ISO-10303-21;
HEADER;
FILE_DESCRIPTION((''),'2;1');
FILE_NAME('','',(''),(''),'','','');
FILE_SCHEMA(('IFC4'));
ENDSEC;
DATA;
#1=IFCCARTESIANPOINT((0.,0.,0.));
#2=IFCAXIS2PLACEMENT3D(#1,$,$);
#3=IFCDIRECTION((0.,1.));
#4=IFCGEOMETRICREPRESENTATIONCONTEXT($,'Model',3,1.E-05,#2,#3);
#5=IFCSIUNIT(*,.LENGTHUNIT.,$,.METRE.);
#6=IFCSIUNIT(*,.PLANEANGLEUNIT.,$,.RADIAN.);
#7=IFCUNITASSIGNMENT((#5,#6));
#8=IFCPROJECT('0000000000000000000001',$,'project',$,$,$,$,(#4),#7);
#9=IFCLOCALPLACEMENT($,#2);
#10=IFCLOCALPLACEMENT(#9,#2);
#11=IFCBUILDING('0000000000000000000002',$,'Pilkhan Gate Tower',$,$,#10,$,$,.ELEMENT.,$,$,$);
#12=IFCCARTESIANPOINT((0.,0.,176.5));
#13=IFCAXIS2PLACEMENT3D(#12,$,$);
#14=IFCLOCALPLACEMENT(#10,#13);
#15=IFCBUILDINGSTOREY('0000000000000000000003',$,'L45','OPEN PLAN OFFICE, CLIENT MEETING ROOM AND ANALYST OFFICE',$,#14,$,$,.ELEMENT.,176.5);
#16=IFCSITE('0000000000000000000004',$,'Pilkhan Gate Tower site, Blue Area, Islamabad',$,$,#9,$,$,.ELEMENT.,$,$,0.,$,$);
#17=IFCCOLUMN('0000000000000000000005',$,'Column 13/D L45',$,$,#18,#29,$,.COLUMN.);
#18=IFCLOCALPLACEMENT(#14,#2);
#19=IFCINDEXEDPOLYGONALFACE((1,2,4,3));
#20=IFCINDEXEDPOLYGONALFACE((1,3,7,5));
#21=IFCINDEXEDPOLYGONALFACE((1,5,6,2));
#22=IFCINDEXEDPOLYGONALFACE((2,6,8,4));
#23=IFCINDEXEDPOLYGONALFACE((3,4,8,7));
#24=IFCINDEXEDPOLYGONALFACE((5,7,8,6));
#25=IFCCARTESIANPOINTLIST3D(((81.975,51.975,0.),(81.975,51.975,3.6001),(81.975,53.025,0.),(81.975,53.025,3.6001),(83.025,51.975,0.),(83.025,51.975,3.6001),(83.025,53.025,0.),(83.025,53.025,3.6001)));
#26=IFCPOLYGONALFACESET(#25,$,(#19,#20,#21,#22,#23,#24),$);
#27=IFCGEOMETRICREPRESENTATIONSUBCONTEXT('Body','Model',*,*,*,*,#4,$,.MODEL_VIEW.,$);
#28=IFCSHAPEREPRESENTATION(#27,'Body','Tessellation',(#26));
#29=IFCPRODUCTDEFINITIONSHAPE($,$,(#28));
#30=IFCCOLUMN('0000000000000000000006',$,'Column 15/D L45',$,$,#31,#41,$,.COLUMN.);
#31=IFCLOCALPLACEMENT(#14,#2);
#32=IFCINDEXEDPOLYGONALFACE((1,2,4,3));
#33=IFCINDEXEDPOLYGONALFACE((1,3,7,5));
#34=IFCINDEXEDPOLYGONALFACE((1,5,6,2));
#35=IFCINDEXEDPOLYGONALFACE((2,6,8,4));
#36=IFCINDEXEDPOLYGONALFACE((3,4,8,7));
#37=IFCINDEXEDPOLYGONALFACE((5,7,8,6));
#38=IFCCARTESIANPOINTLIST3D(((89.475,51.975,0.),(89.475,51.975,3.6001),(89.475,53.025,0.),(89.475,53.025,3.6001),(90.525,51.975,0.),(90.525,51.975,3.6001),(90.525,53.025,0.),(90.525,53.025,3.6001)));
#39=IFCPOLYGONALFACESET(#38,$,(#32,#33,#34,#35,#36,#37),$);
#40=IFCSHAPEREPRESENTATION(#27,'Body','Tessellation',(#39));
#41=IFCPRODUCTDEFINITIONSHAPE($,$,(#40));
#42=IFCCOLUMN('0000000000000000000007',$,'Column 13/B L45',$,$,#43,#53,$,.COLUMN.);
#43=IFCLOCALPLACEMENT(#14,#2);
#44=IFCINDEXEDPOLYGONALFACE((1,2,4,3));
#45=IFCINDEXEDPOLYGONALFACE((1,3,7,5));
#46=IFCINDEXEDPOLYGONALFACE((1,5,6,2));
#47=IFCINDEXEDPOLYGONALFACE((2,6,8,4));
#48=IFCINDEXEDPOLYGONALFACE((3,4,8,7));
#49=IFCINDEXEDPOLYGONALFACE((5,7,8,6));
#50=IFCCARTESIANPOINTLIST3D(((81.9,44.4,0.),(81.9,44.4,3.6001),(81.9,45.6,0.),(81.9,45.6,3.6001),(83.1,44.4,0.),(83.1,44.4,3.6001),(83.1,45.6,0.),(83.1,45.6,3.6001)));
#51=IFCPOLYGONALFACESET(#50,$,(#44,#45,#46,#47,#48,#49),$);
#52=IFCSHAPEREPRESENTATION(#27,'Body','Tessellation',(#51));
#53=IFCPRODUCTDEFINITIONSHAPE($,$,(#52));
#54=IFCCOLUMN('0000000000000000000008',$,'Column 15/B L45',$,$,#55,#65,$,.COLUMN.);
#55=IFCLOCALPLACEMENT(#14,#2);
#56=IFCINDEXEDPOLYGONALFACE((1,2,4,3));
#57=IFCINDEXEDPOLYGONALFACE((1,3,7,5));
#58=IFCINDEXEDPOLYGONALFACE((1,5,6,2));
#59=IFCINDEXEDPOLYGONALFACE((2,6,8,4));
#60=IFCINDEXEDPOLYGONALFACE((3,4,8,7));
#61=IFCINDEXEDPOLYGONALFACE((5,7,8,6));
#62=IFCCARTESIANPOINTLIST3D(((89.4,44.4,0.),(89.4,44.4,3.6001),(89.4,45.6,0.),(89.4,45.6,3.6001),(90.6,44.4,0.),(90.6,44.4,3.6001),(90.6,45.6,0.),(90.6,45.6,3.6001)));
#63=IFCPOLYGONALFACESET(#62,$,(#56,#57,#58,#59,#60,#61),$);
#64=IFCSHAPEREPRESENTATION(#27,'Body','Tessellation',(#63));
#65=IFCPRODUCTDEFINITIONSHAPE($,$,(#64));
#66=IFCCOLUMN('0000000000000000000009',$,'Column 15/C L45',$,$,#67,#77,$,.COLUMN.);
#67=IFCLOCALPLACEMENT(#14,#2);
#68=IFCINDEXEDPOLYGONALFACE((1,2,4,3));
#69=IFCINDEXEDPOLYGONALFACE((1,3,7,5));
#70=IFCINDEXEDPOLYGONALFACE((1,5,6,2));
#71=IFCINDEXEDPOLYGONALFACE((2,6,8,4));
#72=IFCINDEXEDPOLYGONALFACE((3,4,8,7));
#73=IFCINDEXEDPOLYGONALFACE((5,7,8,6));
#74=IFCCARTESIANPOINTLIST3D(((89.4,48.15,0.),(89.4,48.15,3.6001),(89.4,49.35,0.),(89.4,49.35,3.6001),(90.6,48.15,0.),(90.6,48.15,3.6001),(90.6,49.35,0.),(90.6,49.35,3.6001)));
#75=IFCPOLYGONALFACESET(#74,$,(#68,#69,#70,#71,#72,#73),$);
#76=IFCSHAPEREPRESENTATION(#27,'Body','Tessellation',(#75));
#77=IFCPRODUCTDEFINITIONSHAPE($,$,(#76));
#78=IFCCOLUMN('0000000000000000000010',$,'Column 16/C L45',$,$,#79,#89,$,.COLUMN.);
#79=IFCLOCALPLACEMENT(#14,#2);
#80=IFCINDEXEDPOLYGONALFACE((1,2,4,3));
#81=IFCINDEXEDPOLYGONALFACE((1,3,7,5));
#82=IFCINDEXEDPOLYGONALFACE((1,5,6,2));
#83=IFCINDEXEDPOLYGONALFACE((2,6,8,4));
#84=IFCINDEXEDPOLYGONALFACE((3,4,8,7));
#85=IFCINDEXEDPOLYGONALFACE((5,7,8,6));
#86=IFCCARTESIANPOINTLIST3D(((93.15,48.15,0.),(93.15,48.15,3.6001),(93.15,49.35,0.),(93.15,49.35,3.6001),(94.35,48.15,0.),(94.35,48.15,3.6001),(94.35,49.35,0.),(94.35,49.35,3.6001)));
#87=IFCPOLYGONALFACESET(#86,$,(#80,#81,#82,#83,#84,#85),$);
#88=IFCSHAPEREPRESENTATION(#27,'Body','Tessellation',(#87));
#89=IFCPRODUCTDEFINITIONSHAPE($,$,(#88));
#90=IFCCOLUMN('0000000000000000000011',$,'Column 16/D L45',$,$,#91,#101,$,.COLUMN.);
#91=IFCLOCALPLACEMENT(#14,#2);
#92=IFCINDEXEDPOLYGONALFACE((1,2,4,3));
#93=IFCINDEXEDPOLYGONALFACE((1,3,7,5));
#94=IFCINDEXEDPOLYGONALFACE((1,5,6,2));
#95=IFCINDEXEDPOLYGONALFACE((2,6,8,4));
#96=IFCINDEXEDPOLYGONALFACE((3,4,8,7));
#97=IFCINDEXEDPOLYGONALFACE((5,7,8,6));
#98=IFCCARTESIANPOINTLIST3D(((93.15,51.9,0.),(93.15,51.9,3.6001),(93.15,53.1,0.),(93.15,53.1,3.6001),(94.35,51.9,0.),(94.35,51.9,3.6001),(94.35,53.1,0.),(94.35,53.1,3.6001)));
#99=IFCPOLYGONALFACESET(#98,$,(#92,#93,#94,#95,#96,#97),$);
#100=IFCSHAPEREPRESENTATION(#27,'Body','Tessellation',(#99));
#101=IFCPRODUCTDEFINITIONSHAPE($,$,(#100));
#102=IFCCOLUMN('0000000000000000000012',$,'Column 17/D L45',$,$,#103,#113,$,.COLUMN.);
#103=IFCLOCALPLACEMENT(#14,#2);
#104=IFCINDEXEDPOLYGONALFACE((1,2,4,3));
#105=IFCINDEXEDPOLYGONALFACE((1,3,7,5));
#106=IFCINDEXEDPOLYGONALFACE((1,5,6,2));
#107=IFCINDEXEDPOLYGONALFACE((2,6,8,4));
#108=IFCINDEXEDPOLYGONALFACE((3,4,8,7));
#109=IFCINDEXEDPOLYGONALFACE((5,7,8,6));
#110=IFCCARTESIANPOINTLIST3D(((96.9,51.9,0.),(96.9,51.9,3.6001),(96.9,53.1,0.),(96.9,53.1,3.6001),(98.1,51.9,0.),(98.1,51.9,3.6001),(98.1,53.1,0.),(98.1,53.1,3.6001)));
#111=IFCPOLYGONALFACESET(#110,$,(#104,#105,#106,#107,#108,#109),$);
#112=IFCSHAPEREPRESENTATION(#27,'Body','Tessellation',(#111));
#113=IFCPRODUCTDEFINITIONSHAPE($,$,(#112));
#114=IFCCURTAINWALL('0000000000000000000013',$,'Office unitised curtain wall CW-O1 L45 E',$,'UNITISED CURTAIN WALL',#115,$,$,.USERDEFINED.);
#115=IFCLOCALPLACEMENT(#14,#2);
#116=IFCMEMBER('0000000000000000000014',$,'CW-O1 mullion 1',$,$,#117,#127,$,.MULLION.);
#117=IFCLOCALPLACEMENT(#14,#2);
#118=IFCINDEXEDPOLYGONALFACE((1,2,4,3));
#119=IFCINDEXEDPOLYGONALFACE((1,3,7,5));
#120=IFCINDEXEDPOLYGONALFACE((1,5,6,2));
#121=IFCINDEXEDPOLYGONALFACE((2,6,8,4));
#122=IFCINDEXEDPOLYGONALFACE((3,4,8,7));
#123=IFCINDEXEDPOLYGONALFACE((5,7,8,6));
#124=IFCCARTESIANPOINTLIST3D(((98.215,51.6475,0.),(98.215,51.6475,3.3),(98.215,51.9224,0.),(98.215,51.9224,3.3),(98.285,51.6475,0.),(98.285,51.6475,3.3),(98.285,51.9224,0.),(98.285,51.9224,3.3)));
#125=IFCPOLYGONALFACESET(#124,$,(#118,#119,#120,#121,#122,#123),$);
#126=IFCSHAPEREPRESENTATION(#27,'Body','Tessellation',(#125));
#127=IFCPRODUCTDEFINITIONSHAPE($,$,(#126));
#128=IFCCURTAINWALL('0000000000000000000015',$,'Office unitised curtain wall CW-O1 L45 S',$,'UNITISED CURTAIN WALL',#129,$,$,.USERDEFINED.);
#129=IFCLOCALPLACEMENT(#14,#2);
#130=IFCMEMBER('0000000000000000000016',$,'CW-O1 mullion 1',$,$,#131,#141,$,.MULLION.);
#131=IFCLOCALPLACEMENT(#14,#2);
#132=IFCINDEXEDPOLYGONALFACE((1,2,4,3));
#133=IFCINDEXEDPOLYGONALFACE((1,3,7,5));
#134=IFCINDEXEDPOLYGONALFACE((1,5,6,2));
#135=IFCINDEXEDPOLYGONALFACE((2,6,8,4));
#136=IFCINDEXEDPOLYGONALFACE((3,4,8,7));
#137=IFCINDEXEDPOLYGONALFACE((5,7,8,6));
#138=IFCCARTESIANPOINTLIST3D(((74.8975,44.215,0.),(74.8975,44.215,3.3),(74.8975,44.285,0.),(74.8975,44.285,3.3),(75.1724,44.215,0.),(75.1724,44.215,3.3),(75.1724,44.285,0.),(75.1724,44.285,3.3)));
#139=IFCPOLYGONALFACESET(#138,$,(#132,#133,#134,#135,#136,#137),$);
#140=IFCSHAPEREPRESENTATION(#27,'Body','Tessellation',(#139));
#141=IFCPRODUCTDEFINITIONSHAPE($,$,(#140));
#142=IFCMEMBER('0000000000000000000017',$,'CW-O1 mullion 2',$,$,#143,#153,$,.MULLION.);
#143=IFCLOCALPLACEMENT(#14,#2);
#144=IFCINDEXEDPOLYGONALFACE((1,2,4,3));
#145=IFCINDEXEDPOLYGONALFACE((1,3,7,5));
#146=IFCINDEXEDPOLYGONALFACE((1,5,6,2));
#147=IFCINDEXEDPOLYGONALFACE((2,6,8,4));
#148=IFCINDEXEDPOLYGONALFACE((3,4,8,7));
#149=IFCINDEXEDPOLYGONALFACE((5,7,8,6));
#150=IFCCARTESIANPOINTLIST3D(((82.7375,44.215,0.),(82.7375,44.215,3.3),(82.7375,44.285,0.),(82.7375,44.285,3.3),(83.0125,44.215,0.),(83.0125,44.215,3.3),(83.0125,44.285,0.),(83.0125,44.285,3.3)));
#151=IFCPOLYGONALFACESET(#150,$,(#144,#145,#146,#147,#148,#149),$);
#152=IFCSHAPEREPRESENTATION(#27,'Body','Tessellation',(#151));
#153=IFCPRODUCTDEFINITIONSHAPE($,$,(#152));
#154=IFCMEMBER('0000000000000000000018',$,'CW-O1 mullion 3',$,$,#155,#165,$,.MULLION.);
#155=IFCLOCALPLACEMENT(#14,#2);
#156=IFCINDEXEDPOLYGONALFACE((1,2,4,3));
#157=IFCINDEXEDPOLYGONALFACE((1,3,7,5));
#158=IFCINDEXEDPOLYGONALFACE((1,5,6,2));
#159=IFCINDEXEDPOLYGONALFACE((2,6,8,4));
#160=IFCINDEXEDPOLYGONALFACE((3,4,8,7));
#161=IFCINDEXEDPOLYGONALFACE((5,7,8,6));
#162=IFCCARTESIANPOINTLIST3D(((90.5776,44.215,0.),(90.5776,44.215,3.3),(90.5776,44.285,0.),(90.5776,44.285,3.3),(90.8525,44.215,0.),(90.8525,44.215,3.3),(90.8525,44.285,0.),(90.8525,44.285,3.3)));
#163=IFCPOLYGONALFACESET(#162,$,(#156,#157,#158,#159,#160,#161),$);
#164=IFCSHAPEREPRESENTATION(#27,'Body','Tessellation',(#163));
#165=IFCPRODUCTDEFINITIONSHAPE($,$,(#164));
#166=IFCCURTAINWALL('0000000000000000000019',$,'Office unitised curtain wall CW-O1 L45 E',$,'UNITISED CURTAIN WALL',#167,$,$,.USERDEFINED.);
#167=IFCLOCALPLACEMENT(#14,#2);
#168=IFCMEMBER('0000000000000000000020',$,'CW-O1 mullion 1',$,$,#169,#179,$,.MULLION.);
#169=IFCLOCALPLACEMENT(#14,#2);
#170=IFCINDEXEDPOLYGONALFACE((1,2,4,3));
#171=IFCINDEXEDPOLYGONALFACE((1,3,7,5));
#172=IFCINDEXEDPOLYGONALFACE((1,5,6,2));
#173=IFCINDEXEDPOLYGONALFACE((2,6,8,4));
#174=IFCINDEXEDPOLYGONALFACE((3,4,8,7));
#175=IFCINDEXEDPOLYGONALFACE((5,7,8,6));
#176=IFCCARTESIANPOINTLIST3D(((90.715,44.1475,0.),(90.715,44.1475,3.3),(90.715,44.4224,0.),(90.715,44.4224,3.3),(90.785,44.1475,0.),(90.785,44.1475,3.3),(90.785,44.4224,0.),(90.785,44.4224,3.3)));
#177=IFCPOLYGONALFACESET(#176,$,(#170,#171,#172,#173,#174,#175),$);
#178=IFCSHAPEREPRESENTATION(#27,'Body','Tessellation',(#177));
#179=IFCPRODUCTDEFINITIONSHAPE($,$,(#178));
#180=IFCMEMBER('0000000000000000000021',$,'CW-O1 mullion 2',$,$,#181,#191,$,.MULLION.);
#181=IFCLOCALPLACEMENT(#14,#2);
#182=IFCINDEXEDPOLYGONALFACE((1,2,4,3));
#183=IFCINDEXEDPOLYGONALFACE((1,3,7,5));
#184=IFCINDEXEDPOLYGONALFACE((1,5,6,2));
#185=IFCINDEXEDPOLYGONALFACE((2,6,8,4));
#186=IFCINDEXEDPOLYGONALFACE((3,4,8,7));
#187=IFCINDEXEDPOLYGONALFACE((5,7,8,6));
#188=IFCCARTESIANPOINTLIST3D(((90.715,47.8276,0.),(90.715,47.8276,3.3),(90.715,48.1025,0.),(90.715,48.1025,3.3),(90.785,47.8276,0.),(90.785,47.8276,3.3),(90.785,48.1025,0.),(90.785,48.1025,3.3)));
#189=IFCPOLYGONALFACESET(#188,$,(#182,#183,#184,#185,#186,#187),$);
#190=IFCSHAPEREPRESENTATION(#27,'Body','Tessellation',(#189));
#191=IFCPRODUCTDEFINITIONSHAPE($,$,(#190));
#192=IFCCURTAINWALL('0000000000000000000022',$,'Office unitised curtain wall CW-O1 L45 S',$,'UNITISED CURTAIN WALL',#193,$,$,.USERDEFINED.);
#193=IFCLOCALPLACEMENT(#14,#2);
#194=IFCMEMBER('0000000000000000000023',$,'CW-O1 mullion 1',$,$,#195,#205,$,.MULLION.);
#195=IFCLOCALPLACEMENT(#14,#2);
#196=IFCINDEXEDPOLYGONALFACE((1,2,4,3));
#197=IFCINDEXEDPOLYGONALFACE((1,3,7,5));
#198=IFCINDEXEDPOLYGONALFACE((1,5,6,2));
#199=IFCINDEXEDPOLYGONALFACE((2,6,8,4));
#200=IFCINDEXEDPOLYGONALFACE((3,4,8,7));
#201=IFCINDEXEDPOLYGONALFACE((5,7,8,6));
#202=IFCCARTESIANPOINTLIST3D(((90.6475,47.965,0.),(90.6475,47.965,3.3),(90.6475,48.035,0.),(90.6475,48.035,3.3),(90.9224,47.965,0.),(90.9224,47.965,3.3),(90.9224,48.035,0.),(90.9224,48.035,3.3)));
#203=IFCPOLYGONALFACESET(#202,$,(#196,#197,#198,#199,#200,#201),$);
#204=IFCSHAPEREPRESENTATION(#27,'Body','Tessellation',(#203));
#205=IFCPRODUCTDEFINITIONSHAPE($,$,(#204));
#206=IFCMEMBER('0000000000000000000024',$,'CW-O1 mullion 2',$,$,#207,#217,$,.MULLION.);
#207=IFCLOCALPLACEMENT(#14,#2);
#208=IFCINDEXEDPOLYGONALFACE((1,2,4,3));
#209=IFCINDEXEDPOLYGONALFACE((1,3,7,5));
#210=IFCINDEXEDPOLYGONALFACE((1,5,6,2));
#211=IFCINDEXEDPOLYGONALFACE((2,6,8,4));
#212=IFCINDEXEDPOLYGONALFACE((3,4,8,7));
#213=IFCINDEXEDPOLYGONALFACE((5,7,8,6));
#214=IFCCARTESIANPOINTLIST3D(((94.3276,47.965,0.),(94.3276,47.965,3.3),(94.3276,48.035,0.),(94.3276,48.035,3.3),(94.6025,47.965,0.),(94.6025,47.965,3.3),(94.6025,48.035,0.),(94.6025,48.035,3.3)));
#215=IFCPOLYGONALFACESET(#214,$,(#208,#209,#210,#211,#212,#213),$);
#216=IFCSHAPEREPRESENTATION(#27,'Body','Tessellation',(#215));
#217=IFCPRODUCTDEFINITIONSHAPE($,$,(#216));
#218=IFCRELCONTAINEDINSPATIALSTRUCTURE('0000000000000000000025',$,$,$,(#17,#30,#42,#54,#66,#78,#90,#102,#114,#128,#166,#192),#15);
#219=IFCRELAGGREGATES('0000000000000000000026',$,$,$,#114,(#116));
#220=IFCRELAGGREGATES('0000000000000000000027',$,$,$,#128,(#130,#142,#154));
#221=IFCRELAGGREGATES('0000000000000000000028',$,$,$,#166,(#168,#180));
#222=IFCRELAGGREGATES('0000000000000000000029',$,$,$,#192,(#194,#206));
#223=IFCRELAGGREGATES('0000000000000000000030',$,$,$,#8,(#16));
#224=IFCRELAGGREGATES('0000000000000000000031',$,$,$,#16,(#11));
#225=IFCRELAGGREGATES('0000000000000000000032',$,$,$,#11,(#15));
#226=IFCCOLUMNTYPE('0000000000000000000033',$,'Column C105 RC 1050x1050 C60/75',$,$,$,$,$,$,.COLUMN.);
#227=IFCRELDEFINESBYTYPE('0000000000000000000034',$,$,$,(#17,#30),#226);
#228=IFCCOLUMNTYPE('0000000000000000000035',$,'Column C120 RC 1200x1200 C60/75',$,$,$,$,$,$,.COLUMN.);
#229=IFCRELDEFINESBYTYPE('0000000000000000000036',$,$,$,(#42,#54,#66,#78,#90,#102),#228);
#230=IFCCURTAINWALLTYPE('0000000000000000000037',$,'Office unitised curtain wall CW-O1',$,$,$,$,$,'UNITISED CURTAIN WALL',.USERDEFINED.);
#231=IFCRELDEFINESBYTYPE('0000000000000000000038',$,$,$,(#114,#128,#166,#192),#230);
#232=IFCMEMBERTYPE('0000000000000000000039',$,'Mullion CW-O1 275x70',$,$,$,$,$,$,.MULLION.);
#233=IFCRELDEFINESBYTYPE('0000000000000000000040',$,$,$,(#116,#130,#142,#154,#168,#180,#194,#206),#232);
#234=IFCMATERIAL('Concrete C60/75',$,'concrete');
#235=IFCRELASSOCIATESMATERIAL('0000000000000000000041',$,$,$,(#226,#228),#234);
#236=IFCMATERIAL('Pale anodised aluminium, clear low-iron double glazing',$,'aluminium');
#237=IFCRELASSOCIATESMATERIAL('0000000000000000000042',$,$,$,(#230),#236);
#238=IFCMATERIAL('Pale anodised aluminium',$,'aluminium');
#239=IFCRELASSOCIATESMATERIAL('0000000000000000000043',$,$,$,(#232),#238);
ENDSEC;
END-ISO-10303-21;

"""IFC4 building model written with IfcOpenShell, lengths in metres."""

from ifc_helpers import new_model, si_unit, direction, frame, origin, origin_2d, place, context, subcontext, project, spatial, rectangle, extrude, material, material_profile, profile_set, type_object, element, aggregate, save


model = new_model("IFC4")

# Units and contexts
model_context = context("Model", 3, precision=1e-05, world=origin(), true_north=direction((0.0, 1.0)))
body_context = subcontext(model_context, "Body", "Model", "MODEL_VIEW")
ifc_project = project(units=[si_unit("LENGTHUNIT", "METRE"), si_unit("PLANEANGLEUNIT", "RADIAN")], contexts=[model_context])

# Site, building, storey
site_placement = place(None, origin())
site = spatial("IfcSite", under=ifc_project, at=site_placement, Name="Pilkhan Gate Tower site, Blue Area, Islamabad", CompositionType="ELEMENT", RefElevation=0.0)
building_placement = place(site_placement, origin())
building = spatial("IfcBuilding", under=site, at=building_placement, Name="Pilkhan Gate Tower", CompositionType="ELEMENT")
storey_placement = place(building_placement, frame((0.0, 0.0, 176.5)))
storey = spatial("IfcBuildingStorey", under=building, at=storey_placement, Name="L45", Description="OPEN PLAN OFFICE, CLIENT MEETING ROOM AND ANALYST OFFICE", CompositionType="ELEMENT", Elevation=176.5)

# Columns
ifc_material_1 = material(Name="Concrete C60/75", Category="concrete")
ifc_material_profile_1 = material_profile(ifc_material_1, rectangle(XDim=1.05, YDim=1.05, at=origin_2d()), Name="RC 1050x1050")
ifc_profile_set_1 = profile_set([ifc_material_profile_1], Name="Concrete C60/75")
column_type_1 = type_object("IfcColumnType", Name="Column C105 RC 1050x1050 C60/75", PredefinedType="COLUMN", material=ifc_profile_set_1)
for number, where, z_axis, x_axis, name in (
    (1, (82.5, 52.5, 0.0), (0.0, 0.0, 1.0), (1.0, 0.0, 0.0), "Column 13/D L45"),
    (2, (90.0, 52.5, 0.0), (0.0, 0.0, 1.0), (1.0, 0.0, 0.0), "Column 15/D L45"),
):
    element("IfcColumn", number, at=place(storey_placement, frame(where, z_axis=z_axis, x_axis=x_axis)), inside=storey, type_object=column_type_1, Name=name, PredefinedType="COLUMN", context=body_context, shape_type="SweptSolid", body=[
        extrude(rectangle(XDim=1.05, YDim=1.05, at=origin_2d()), origin(), (0.0, 0.0, 1.0), 3.6001),
    ])
ifc_material_profile_2 = material_profile(ifc_material_1, rectangle(XDim=1.2, YDim=1.2, at=origin_2d()), Name="RC 1200x1200")
ifc_profile_set_2 = profile_set([ifc_material_profile_2], Name="Concrete C60/75")
column_type_2 = type_object("IfcColumnType", Name="Column C120 RC 1200x1200 C60/75", PredefinedType="COLUMN", material=ifc_profile_set_2)
for number, where, z_axis, x_axis, name in (
    (3, (82.5, 45.0, 0.0), (0.0, 0.0, 1.0), (1.0, 0.0, 0.0), "Column 13/B L45"),
    (4, (90.0, 45.0, 0.0), (0.0, 0.0, 1.0), (1.0, 0.0, 0.0), "Column 15/B L45"),
    (5, (90.0, 48.75, 0.0), (0.0, 0.0, 1.0), (1.0, 0.0, 0.0), "Column 15/C L45"),
    (6, (93.75, 48.75, 0.0), (0.0, 0.0, 1.0), (1.0, 0.0, 0.0), "Column 16/C L45"),
    (7, (93.75, 52.5, 0.0), (0.0, 0.0, 1.0), (1.0, 0.0, 0.0), "Column 16/D L45"),
    (8, (97.5, 52.5, 0.0), (0.0, 0.0, 1.0), (1.0, 0.0, 0.0), "Column 17/D L45"),
):
    element("IfcColumn", number, at=place(storey_placement, frame(where, z_axis=z_axis, x_axis=x_axis)), inside=storey, type_object=column_type_2, Name=name, PredefinedType="COLUMN", context=body_context, shape_type="SweptSolid", body=[
        extrude(rectangle(XDim=1.2, YDim=1.2, at=origin_2d()), origin(), (0.0, 0.0, 1.0), 3.6001),
    ])

# Curtain wall, member
ifc_material_2 = material(Name="Pale anodised aluminium, clear low-iron double glazing", Category="aluminium")
curtain_wall_type = type_object("IfcCurtainWallType", Name="Office unitised curtain wall CW-O1", ElementType="UNITISED CURTAIN WALL", PredefinedType="USERDEFINED", material=ifc_material_2)
curtain_wall_1_placement = place(storey_placement, origin())
curtain_wall_1 = element("IfcCurtainWall", 9, at=curtain_wall_1_placement, inside=storey, type_object=curtain_wall_type, Name="Office unitised curtain wall CW-O1 L45 E", ObjectType="UNITISED CURTAIN WALL", PredefinedType="USERDEFINED")
ifc_material_3 = material(Name="Pale anodised aluminium", Category="aluminium")
ifc_material_profile_3 = material_profile(ifc_material_3, rectangle(XDim=0.0701, YDim=0.2749, at=origin_2d()), Name="Mullion 275x70")
ifc_profile_set_3 = profile_set([ifc_material_profile_3], Name="Pale anodised aluminium")
member_type_1 = type_object("IfcMemberType", Name="Mullion CW-O1 275x70", PredefinedType="MULLION", material=ifc_profile_set_3)
member_1_placement = place(storey_placement, frame((98.25, 51.7849, 0.0), z_axis=(0.0, 0.0, 1.0), x_axis=(-1.0, 0.0, 0.0)))
member_1 = element("IfcMember", 10, at=member_1_placement, type_object=member_type_1, Name="CW-O1 mullion 1", PredefinedType="MULLION", context=body_context, shape_type="SweptSolid", body=[
    extrude(rectangle(XDim=0.0701, YDim=0.2749, at=origin_2d()), origin(), (0.0, 0.0, 1.0), 3.3),
])

# Curtain walls, members
curtain_wall_2_placement = place(storey_placement, origin())
curtain_wall_2 = element("IfcCurtainWall", 11, at=curtain_wall_2_placement, inside=storey, type_object=curtain_wall_type, Name="Office unitised curtain wall CW-O1 L45 S", ObjectType="UNITISED CURTAIN WALL", PredefinedType="USERDEFINED")
member_2_placement = place(storey_placement, frame((75.0349, 44.25, 0.0), z_axis=(0.0, 0.0, 1.0), x_axis=(0.0, 1.0, 0.0)))
member_2 = element("IfcMember", 12, at=member_2_placement, type_object=member_type_1, Name="CW-O1 mullion 1", PredefinedType="MULLION", context=body_context, shape_type="SweptSolid", body=[
    extrude(rectangle(XDim=0.0701, YDim=0.2749, at=origin_2d()), origin(), (0.0, 0.0, 1.0), 3.3),
])
member_3_placement = place(storey_placement, frame((82.875, 44.25, 0.0), z_axis=(0.0, 0.0, 1.0), x_axis=(0.0, 1.0, 0.0)))
member_3 = element("IfcMember", 13, at=member_3_placement, type_object=member_type_1, Name="CW-O1 mullion 2", PredefinedType="MULLION", context=body_context, shape_type="SweptSolid", body=[
    extrude(rectangle(XDim=0.0701, YDim=0.2749, at=origin_2d()), origin(), (0.0, 0.0, 1.0), 3.3),
])
member_4_placement = place(storey_placement, frame((90.7151, 44.25, 0.0), z_axis=(0.0, 0.0, 1.0), x_axis=(0.0, 1.0, 0.0)))
member_4 = element("IfcMember", 14, at=member_4_placement, type_object=member_type_1, Name="CW-O1 mullion 3", PredefinedType="MULLION", context=body_context, shape_type="SweptSolid", body=[
    extrude(rectangle(XDim=0.0701, YDim=0.2749, at=origin_2d()), origin(), (0.0, 0.0, 1.0), 3.3),
])
curtain_wall_3_placement = place(storey_placement, origin())
curtain_wall_3 = element("IfcCurtainWall", 15, at=curtain_wall_3_placement, inside=storey, type_object=curtain_wall_type, Name="Office unitised curtain wall CW-O1 L45 E", ObjectType="UNITISED CURTAIN WALL", PredefinedType="USERDEFINED")
member_5_placement = place(storey_placement, frame((90.75, 44.2849, 0.0), z_axis=(0.0, 0.0, 1.0), x_axis=(-1.0, 0.0, 0.0)))
member_5 = element("IfcMember", 16, at=member_5_placement, type_object=member_type_1, Name="CW-O1 mullion 1", PredefinedType="MULLION", context=body_context, shape_type="SweptSolid", body=[
    extrude(rectangle(XDim=0.0701, YDim=0.2749, at=origin_2d()), origin(), (0.0, 0.0, 1.0), 3.3),
])
member_6_placement = place(storey_placement, frame((90.75, 47.9651, 0.0), z_axis=(0.0, 0.0, 1.0), x_axis=(-1.0, 0.0, 0.0)))
member_6 = element("IfcMember", 17, at=member_6_placement, type_object=member_type_1, Name="CW-O1 mullion 2", PredefinedType="MULLION", context=body_context, shape_type="SweptSolid", body=[
    extrude(rectangle(XDim=0.0701, YDim=0.2749, at=origin_2d()), origin(), (0.0, 0.0, 1.0), 3.3),
])
curtain_wall_4_placement = place(storey_placement, origin())
curtain_wall_4 = element("IfcCurtainWall", 18, at=curtain_wall_4_placement, inside=storey, type_object=curtain_wall_type, Name="Office unitised curtain wall CW-O1 L45 S", ObjectType="UNITISED CURTAIN WALL", PredefinedType="USERDEFINED")
member_7_placement = place(storey_placement, frame((90.7849, 48.0, 0.0), z_axis=(0.0, 0.0, 1.0), x_axis=(0.0, 1.0, 0.0)))
member_7 = element("IfcMember", 19, at=member_7_placement, type_object=member_type_1, Name="CW-O1 mullion 1", PredefinedType="MULLION", context=body_context, shape_type="SweptSolid", body=[
    extrude(rectangle(XDim=0.0701, YDim=0.2749, at=origin_2d()), origin(), (0.0, 0.0, 1.0), 3.3),
])
member_8_placement = place(storey_placement, frame((94.4651, 48.0, 0.0), z_axis=(0.0, 0.0, 1.0), x_axis=(0.0, 1.0, 0.0)))
member_8 = element("IfcMember", 20, at=member_8_placement, type_object=member_type_1, Name="CW-O1 mullion 2", PredefinedType="MULLION", context=body_context, shape_type="SweptSolid", body=[
    extrude(rectangle(XDim=0.0701, YDim=0.2749, at=origin_2d()), origin(), (0.0, 0.0, 1.0), 3.3),
])

aggregate(curtain_wall_1, [member_1])

aggregate(curtain_wall_2, [member_2, member_3, member_4])
aggregate(curtain_wall_3, [member_5, member_6])
aggregate(curtain_wall_4, [member_7, member_8])

save(model, "model.ifc")
